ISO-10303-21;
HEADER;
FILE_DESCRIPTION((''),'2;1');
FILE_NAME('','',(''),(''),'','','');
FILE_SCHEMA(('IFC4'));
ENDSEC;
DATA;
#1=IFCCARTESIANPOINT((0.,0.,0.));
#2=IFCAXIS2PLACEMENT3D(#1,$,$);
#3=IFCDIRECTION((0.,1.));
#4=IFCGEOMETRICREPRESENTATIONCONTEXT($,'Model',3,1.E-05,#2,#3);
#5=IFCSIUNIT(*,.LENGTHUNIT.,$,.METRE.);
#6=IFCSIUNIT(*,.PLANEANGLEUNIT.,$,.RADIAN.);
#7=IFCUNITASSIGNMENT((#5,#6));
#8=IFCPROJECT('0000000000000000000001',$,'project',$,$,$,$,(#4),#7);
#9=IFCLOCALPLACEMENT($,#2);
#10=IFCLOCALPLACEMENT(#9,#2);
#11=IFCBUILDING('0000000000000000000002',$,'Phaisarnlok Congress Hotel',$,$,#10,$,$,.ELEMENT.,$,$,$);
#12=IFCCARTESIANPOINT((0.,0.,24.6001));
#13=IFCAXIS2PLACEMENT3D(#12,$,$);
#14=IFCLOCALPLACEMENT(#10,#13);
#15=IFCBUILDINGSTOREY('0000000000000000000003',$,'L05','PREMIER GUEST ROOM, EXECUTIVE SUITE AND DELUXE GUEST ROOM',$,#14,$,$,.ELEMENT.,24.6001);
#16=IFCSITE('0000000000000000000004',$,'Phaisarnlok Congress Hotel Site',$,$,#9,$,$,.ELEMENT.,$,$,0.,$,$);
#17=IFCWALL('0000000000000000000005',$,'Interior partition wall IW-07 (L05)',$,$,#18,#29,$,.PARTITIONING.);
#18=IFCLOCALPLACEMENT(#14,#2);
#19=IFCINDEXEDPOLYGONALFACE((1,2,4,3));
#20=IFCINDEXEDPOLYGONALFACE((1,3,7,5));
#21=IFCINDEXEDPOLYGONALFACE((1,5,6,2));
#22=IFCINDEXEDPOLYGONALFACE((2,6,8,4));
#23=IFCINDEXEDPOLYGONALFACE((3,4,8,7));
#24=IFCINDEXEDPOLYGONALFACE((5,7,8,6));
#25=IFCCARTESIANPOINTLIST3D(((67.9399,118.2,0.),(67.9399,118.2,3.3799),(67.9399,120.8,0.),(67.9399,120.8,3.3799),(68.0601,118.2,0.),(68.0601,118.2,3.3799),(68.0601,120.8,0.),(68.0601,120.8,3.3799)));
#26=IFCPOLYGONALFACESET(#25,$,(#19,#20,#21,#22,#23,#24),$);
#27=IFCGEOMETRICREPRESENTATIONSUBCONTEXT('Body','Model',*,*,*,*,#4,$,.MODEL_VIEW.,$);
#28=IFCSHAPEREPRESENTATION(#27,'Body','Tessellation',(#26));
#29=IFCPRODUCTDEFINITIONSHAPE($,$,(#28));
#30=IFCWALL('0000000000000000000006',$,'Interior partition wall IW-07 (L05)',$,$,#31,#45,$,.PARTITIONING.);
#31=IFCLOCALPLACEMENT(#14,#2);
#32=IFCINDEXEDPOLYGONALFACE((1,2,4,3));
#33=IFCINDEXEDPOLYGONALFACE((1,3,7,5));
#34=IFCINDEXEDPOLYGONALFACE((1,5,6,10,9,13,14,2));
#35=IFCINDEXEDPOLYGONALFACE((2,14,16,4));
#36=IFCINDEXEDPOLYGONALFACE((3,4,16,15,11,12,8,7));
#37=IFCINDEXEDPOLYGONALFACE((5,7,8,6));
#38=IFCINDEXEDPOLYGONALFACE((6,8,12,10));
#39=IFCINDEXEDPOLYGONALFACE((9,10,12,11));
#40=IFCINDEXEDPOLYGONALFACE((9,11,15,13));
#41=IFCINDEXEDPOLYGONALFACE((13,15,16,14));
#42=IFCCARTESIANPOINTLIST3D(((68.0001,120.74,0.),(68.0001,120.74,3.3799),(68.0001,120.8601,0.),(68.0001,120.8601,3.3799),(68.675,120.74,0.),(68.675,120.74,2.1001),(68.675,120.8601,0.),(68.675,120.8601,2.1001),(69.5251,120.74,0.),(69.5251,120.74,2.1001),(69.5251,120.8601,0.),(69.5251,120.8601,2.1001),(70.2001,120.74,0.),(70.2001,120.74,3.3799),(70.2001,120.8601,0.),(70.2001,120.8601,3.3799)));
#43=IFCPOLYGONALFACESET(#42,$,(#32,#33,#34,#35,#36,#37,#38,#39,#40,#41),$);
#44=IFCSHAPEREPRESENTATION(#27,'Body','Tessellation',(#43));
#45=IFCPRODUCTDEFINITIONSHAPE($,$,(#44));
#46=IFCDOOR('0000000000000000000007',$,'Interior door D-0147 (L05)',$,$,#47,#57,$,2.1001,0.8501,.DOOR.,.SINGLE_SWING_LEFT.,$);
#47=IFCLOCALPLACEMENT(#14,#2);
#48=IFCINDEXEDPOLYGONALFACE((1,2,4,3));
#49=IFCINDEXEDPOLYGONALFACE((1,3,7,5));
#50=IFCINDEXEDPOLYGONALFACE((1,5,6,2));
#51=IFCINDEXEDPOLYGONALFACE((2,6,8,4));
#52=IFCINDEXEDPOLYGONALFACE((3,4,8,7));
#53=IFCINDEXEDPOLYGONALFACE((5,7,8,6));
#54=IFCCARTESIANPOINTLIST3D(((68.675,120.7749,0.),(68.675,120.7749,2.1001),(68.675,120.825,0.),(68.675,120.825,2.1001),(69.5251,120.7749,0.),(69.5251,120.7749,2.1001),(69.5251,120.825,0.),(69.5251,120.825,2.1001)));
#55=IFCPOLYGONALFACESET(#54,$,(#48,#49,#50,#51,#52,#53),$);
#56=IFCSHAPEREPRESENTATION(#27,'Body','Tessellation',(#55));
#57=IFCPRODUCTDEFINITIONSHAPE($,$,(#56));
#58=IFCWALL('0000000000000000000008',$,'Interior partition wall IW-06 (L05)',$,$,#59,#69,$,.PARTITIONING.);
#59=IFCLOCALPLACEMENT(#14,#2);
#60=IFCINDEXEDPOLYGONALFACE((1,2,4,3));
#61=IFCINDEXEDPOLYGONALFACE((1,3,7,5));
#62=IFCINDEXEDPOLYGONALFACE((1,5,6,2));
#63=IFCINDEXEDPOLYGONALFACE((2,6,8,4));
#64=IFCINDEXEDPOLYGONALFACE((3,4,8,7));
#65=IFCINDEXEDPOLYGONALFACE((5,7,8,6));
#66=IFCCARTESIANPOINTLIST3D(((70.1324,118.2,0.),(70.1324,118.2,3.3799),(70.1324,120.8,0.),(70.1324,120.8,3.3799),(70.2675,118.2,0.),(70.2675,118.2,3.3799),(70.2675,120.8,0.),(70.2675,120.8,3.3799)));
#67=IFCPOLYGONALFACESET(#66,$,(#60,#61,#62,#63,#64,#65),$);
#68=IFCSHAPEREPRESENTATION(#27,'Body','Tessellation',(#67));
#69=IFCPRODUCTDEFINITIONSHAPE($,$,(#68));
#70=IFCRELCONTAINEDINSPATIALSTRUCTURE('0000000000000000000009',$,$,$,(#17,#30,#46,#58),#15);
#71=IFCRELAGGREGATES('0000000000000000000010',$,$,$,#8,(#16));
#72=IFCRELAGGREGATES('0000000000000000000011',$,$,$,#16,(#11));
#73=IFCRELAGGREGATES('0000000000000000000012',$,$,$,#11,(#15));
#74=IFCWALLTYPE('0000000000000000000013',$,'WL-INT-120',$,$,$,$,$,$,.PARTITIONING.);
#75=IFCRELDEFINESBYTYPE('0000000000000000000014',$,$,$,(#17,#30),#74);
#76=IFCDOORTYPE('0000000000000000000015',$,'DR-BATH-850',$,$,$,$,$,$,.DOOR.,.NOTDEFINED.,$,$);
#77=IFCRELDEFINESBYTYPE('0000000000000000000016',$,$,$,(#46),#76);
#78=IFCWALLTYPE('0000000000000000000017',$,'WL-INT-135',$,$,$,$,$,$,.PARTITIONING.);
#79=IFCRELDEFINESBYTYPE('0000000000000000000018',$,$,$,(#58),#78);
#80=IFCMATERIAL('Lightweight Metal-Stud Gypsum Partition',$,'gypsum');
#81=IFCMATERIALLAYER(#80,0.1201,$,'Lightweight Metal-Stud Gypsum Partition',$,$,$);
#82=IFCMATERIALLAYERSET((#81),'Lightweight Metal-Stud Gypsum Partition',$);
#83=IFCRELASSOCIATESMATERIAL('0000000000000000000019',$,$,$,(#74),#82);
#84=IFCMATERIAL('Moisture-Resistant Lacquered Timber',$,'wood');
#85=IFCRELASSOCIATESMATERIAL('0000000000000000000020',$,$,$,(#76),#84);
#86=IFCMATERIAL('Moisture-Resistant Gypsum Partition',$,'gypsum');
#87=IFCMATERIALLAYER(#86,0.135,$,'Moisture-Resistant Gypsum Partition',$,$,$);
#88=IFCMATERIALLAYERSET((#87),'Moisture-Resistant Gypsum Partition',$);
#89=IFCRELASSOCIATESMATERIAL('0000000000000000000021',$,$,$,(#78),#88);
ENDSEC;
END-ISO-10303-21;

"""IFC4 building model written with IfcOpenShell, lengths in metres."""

from ifc_helpers import new_model, si_unit, direction, frame, frame_2d, origin, place, context, subcontext, project, spatial, rectangle, extrude, material, layer, layer_set, type_object, element, fill, save


model = new_model("IFC4")

# Units and contexts
model_context = context("Model", 3, precision=1e-05, world=origin(), true_north=direction((0.0, 1.0)))
body_context = subcontext(model_context, "Body", "Model", "MODEL_VIEW")
ifc_project = project(units=[si_unit("LENGTHUNIT", "METRE"), si_unit("PLANEANGLEUNIT", "RADIAN")], contexts=[model_context])

# Site, building, storey
site_placement = place(None, origin())
site = spatial("IfcSite", under=ifc_project, at=site_placement, Name="Phaisarnlok Congress Hotel Site", CompositionType="ELEMENT", RefElevation=0.0)
building_placement = place(site_placement, origin())
building = spatial("IfcBuilding", under=site, at=building_placement, Name="Phaisarnlok Congress Hotel", CompositionType="ELEMENT")
storey_placement = place(building_placement, frame((0.0, 0.0, 24.6001)))
storey = spatial("IfcBuildingStorey", under=building, at=storey_placement, Name="L05", Description="PREMIER GUEST ROOM, EXECUTIVE SUITE AND DELUXE GUEST ROOM", CompositionType="ELEMENT", Elevation=24.6001)

# Wall
ifc_material_1 = material(Name="Lightweight Metal-Stud Gypsum Partition", Category="gypsum")
ifc_layer_1 = layer(ifc_material_1, 0.1201, Name="Lightweight Metal-Stud Gypsum Partition")
ifc_layer_set_1 = layer_set([ifc_layer_1], Name="Lightweight Metal-Stud Gypsum Partition")
wall_type_1 = type_object("IfcWallType", Name="WL-INT-120", PredefinedType="PARTITIONING", material=ifc_layer_set_1)
wall_1_placement = place(storey_placement, frame((68.0, 118.2, 0.0), z_axis=(0.0, 0.0, 1.0), x_axis=(0.0, 1.0, 0.0)))
element("IfcWall", 1, at=wall_1_placement, inside=storey, type_object=wall_type_1, Name="Interior partition wall IW-07 (L05)", PredefinedType="PARTITIONING", context=body_context, shape_type="SweptSolid", body=[
    extrude(rectangle(XDim=2.6001, YDim=0.1201, at=frame_2d((1.3, 0.0))), origin(), (0.0, 0.0, 1.0), 3.3799),
])

# Wall, opening, door
wall_2_placement = place(storey_placement, frame((68.0, 120.8, 0.0), z_axis=(0.0, 0.0, 1.0), x_axis=(1.0, 0.0, 0.0)))
wall_2 = element("IfcWall", 2, at=wall_2_placement, inside=storey, type_object=wall_type_1, Name="Interior partition wall IW-07 (L05)", PredefinedType="PARTITIONING", context=body_context, shape_type="SweptSolid", body=[
    extrude(rectangle(XDim=2.2, YDim=0.1201, at=frame_2d((1.1001, 0.0))), origin(), (0.0, 0.0, 1.0), 3.3799),
])
opening_1_placement = place(wall_2_placement, frame((0.675, 0.0, 0.0)))
opening_1 = element("IfcOpeningElement", 3, at=opening_1_placement, cuts=wall_2, PredefinedType="OPENING", context=body_context, shape_type="SweptSolid", body=[
    extrude(rectangle(XDim=0.8501, YDim=2.1001, at=frame_2d((0.425, 1.05))), frame((0.0, 0.0701, 0.0), z_axis=(0.0, -1.0, 0.0), x_axis=(1.0, 0.0, 0.0)), (0.0, 0.0, 1.0), 0.1401),
])
ifc_material_2 = material(Name="Moisture-Resistant Lacquered Timber", Category="wood")
door_type = type_object("IfcDoorType", Name="DR-BATH-850", OperationType="NOTDEFINED", PredefinedType="DOOR", material=ifc_material_2)
door_placement = place(opening_1_placement, origin())
door = element("IfcDoor", 4, at=door_placement, inside=storey, type_object=door_type, Name="Interior door D-0147 (L05)", OperationType="SINGLE_SWING_LEFT", OverallHeight=2.1001, OverallWidth=0.8501, PredefinedType="DOOR", context=body_context, shape_type="SweptSolid", body=[
    extrude(rectangle(XDim=0.8501, YDim=2.1001, at=frame_2d((0.425, 1.05))), frame((0.0, 0.0249, 0.0), z_axis=(0.0, -1.0, 0.0), x_axis=(1.0, 0.0, 0.0)), (0.0, 0.0, 1.0), 0.05),
])
fill(opening_1, door)

# Wall
ifc_material_3 = material(Name="Moisture-Resistant Gypsum Partition", Category="gypsum")
ifc_layer_2 = layer(ifc_material_3, 0.135, Name="Moisture-Resistant Gypsum Partition")
ifc_layer_set_2 = layer_set([ifc_layer_2], Name="Moisture-Resistant Gypsum Partition")
wall_type_2 = type_object("IfcWallType", Name="WL-INT-135", PredefinedType="PARTITIONING", material=ifc_layer_set_2)
wall_3_placement = place(storey_placement, frame((70.2, 118.2, 0.0), z_axis=(0.0, 0.0, 1.0), x_axis=(0.0, 1.0, 0.0)))
element("IfcWall", 5, at=wall_3_placement, inside=storey, type_object=wall_type_2, Name="Interior partition wall IW-06 (L05)", PredefinedType="PARTITIONING", context=body_context, shape_type="SweptSolid", body=[
    extrude(rectangle(XDim=2.6001, YDim=0.135, at=frame_2d((1.3, 0.0))), origin(), (0.0, 0.0, 1.0), 3.3799),
])

save(model, "model.ifc")
